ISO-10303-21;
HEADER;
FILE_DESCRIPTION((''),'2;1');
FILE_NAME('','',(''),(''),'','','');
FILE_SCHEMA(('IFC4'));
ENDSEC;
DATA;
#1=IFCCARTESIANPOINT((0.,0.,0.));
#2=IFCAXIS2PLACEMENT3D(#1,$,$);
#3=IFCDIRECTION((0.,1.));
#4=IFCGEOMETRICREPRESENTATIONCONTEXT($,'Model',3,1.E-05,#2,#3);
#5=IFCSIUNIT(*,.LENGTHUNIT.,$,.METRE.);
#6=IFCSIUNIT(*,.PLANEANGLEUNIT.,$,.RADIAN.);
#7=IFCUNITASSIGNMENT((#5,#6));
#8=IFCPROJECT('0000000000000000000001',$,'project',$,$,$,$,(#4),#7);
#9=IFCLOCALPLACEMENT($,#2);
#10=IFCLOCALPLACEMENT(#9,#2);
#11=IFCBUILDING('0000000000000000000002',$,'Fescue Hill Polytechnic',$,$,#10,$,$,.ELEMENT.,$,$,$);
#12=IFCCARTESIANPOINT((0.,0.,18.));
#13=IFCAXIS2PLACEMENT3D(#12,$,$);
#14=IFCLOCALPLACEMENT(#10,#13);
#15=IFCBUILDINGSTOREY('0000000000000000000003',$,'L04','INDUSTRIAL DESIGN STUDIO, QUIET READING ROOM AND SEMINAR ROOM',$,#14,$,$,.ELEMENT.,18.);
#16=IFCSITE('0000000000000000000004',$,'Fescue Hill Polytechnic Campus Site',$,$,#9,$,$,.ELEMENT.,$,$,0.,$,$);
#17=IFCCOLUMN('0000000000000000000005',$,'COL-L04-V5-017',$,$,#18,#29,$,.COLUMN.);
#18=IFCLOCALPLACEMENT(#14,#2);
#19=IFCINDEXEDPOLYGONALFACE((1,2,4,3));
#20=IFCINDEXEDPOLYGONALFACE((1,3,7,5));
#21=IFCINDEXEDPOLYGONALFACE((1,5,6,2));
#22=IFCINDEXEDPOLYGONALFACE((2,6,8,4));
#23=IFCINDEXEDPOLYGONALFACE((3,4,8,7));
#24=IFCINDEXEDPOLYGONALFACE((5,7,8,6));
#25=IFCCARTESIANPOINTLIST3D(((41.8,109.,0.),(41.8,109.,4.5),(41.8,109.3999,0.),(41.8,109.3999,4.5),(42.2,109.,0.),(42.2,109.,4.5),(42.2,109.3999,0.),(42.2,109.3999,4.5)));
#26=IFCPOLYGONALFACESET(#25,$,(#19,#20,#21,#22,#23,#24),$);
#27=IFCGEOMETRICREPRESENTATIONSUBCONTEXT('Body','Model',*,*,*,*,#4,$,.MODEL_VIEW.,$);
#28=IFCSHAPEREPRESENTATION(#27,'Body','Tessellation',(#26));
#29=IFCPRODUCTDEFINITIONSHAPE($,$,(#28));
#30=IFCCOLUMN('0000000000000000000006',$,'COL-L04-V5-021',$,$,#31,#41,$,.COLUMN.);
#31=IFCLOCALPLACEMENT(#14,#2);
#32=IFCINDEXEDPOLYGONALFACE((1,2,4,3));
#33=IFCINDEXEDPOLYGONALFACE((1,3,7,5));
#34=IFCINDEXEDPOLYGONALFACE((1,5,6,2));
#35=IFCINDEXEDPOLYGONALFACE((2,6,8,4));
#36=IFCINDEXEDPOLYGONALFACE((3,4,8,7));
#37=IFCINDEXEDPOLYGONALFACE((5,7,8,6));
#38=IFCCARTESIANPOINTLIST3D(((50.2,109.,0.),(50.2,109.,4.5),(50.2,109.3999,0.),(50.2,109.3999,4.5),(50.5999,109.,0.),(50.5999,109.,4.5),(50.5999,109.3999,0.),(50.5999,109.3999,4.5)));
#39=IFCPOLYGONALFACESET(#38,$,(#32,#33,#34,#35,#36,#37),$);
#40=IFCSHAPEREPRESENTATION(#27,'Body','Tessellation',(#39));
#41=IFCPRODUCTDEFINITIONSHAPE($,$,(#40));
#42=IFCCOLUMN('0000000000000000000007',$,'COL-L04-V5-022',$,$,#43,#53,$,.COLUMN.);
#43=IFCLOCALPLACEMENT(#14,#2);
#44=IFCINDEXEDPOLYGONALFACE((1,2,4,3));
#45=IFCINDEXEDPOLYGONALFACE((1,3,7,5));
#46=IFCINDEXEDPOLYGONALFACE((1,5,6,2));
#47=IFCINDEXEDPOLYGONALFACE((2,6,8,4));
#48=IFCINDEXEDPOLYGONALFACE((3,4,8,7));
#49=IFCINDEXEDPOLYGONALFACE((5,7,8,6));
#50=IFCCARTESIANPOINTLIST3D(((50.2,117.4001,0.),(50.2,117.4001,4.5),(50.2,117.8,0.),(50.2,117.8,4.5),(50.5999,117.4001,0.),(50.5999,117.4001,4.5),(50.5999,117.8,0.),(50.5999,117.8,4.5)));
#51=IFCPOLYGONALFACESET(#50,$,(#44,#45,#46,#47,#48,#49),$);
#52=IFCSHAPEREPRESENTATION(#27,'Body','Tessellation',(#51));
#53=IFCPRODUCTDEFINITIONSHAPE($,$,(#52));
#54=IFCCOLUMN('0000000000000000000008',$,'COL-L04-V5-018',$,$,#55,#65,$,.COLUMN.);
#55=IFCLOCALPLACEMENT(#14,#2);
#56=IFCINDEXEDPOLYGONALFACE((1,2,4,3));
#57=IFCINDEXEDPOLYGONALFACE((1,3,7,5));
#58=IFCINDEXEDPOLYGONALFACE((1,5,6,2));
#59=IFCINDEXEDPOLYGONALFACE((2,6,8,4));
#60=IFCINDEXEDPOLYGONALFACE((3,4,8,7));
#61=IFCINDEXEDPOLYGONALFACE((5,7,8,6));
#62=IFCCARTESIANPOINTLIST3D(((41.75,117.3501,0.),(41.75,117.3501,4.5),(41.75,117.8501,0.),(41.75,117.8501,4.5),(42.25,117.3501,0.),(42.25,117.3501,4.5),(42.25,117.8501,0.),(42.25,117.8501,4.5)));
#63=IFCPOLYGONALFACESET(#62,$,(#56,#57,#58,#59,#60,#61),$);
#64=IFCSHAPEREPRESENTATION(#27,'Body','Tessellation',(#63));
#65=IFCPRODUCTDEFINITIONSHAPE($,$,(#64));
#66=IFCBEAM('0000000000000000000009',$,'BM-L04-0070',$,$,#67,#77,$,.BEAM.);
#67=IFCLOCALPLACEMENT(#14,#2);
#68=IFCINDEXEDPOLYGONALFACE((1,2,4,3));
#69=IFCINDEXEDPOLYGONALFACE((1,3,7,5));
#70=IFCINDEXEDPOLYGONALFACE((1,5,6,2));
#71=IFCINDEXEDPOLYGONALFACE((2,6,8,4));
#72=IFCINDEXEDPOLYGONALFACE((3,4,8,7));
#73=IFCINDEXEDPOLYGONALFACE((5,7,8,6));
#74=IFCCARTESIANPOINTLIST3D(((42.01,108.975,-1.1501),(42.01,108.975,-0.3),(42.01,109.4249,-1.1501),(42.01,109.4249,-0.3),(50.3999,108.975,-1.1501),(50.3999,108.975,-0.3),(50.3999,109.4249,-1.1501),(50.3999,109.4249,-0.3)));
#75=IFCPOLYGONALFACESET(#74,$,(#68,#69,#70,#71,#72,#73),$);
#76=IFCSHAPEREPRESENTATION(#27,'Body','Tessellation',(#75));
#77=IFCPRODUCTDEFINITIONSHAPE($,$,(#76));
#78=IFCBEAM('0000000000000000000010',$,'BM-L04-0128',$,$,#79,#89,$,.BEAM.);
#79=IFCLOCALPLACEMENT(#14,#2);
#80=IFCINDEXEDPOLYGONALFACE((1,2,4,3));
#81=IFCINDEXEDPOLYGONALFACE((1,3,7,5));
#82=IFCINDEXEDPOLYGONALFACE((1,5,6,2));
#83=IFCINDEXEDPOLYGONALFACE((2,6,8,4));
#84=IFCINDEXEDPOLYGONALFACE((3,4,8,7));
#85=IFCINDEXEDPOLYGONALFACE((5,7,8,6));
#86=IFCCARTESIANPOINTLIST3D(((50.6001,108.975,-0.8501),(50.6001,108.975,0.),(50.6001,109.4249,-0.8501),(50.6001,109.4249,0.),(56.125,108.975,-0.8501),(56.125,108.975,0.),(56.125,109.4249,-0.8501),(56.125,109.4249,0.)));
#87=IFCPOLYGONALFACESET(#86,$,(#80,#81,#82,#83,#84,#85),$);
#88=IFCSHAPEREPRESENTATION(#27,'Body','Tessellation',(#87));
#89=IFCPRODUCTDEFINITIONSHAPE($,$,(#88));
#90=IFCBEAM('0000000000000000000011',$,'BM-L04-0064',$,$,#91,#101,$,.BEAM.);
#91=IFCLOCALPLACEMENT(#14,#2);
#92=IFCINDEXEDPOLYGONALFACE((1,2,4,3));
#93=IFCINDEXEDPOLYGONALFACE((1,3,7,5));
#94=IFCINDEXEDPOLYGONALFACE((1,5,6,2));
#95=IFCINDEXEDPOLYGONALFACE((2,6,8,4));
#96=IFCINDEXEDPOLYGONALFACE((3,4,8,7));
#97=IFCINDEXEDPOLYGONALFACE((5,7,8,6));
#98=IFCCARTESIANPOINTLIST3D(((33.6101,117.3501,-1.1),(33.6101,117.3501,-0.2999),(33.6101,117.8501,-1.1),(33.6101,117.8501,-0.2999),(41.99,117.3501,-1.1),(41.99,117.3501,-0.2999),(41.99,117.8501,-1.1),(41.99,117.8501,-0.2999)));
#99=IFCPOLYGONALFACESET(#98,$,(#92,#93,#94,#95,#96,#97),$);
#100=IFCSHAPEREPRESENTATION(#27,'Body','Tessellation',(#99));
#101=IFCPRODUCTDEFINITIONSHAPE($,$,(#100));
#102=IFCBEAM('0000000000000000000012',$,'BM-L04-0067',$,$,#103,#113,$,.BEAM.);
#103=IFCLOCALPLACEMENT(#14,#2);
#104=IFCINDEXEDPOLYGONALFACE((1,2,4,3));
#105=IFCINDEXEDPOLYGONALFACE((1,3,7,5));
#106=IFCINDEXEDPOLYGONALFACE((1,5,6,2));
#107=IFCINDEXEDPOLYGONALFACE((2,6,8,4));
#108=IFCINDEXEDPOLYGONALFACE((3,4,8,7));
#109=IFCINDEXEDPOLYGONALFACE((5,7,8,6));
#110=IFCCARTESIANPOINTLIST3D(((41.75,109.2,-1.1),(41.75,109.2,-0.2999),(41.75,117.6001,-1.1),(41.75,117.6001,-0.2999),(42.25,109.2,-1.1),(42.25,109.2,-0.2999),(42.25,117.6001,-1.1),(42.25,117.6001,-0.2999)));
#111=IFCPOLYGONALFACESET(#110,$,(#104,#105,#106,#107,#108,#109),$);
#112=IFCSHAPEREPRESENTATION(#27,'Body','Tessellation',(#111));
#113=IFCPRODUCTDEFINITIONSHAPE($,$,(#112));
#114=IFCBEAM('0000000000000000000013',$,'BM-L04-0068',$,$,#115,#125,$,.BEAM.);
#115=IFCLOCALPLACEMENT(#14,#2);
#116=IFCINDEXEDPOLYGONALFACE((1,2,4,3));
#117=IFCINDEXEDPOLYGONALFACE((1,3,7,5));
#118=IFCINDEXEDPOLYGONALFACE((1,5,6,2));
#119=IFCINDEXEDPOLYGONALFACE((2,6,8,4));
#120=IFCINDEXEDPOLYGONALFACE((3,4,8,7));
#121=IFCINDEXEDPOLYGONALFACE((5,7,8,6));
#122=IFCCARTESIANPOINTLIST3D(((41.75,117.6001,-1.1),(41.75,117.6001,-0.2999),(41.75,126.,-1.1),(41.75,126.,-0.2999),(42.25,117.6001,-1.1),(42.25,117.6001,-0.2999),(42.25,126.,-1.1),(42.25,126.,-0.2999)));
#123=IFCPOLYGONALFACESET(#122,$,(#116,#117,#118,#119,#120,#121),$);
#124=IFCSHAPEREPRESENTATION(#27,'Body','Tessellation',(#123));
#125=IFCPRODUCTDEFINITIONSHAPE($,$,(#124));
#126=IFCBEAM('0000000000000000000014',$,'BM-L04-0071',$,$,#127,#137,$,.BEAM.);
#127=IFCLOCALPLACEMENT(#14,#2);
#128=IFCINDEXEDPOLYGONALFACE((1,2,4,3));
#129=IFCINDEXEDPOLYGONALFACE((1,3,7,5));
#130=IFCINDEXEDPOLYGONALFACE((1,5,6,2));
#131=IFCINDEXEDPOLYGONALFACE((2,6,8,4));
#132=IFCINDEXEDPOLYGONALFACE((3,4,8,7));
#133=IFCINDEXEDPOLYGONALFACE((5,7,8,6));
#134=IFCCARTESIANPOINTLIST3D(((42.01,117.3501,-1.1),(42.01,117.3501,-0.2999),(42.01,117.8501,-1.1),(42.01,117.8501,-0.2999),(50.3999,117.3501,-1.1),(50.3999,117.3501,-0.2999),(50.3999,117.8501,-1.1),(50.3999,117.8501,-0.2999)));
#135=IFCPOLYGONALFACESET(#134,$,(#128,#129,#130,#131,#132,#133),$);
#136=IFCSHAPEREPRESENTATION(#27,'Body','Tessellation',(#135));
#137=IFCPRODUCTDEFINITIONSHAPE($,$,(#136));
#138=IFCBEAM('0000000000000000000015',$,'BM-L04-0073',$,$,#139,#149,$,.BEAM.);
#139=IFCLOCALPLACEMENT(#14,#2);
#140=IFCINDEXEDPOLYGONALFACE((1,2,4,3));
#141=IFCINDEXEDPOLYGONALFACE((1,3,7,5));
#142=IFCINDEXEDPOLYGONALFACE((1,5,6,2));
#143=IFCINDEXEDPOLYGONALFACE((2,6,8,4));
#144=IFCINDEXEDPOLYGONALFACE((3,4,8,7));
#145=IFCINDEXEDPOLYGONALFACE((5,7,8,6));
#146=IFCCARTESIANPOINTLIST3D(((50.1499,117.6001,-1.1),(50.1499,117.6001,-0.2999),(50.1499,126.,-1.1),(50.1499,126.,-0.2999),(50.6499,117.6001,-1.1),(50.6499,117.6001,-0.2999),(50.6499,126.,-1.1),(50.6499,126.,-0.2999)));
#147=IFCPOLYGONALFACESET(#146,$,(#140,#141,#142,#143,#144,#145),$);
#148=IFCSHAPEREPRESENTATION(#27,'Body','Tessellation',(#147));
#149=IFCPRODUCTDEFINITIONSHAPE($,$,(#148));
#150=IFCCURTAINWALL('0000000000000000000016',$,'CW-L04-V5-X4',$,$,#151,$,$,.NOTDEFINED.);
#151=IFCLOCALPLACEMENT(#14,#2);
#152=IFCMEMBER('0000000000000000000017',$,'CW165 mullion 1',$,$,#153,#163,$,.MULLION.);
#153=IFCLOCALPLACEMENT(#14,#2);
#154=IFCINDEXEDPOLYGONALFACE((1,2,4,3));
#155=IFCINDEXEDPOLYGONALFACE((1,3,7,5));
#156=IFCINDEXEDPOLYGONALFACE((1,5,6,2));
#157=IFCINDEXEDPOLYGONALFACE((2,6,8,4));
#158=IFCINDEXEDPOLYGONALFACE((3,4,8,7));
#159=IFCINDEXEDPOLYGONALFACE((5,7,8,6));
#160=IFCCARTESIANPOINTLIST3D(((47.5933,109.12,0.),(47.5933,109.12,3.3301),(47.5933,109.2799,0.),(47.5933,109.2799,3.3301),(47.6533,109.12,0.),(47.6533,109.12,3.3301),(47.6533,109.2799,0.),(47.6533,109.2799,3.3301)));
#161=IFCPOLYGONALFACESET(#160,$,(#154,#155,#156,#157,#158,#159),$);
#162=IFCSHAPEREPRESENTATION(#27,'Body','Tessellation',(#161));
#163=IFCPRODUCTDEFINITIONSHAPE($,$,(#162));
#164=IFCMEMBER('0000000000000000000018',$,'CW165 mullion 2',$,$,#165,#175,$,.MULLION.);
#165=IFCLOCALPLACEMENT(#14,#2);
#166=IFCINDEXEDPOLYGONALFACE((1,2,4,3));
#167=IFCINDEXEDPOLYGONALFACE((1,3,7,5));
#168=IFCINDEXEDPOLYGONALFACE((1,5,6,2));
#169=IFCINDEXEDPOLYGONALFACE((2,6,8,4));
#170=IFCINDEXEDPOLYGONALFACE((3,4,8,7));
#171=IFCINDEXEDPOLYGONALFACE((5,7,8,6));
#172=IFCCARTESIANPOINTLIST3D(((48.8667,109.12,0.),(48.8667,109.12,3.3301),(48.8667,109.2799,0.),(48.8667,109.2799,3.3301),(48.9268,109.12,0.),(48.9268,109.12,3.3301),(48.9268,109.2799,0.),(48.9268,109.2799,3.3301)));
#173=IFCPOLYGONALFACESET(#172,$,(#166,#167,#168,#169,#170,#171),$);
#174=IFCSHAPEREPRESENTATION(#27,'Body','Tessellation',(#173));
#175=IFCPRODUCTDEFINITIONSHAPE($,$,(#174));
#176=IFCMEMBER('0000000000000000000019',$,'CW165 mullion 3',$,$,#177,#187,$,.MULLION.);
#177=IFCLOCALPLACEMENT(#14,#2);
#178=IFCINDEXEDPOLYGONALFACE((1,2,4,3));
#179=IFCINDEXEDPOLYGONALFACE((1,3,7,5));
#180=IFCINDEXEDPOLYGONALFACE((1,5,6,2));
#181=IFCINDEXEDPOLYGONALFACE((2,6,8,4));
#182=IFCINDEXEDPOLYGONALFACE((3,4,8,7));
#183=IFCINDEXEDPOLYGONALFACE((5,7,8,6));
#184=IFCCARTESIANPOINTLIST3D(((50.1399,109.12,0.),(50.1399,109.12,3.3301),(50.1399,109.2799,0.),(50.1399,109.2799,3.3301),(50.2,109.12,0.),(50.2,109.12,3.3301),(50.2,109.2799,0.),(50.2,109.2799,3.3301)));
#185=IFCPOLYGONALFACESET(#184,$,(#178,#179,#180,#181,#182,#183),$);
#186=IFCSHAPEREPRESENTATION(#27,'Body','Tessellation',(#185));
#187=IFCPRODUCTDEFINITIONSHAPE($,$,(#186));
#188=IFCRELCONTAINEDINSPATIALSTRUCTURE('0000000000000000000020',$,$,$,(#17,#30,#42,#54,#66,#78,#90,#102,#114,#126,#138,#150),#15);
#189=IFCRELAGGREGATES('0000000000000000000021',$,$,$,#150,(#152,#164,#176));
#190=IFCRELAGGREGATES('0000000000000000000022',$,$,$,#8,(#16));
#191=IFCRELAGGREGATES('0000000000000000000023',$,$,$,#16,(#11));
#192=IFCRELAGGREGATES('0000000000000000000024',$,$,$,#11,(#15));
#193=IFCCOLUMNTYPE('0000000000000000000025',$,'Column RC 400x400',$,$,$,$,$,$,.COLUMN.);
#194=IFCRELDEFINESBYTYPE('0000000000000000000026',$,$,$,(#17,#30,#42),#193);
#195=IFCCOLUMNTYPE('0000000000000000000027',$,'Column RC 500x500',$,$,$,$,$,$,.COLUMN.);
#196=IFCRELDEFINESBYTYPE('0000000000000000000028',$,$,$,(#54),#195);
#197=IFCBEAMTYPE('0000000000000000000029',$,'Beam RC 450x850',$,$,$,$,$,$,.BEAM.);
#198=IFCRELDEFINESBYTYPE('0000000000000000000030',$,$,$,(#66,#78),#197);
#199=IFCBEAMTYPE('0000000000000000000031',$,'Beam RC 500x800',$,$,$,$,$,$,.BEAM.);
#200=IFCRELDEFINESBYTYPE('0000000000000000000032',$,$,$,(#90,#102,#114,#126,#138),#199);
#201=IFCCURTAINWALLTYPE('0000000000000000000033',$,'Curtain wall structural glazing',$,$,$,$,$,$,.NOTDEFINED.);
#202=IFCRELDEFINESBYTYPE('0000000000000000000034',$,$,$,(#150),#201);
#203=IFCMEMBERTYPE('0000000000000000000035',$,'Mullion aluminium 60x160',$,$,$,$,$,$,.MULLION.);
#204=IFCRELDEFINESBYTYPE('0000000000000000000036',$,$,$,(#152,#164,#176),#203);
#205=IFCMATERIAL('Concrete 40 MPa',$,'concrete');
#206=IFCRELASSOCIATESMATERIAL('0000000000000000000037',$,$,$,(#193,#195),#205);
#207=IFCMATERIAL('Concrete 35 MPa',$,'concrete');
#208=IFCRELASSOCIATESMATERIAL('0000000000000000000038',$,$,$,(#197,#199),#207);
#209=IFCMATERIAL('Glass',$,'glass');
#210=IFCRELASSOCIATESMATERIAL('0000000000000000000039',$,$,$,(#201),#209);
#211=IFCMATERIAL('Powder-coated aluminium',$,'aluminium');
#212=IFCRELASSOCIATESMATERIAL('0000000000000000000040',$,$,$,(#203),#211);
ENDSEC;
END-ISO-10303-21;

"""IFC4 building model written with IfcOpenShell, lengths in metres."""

from ifc_helpers import new_model, si_unit, direction, frame, origin, origin_2d, place, context, subcontext, project, spatial, rectangle, extrude, material, material_profile, profile_set, type_object, element, aggregate, save


model = new_model("IFC4")

# Units and contexts
model_context = context("Model", 3, precision=1e-05, world=origin(), true_north=direction((0.0, 1.0)))
body_context = subcontext(model_context, "Body", "Model", "MODEL_VIEW")
ifc_project = project(units=[si_unit("LENGTHUNIT", "METRE"), si_unit("PLANEANGLEUNIT", "RADIAN")], contexts=[model_context])

# Site, building, storey
site_placement = place(None, origin())
site = spatial("IfcSite", under=ifc_project, at=site_placement, Name="Fescue Hill Polytechnic Campus Site", CompositionType="ELEMENT", RefElevation=0.0)
building_placement = place(site_placement, origin())
building = spatial("IfcBuilding", under=site, at=building_placement, Name="Fescue Hill Polytechnic", CompositionType="ELEMENT")
storey_placement = place(building_placement, frame((0.0, 0.0, 18.0)))
storey = spatial("IfcBuildingStorey", under=building, at=storey_placement, Name="L04", Description="INDUSTRIAL DESIGN STUDIO, QUIET READING ROOM AND SEMINAR ROOM", CompositionType="ELEMENT", Elevation=18.0)

# Columns
ifc_material_1 = material(Name="Concrete 40 MPa", Category="concrete")
ifc_material_profile_1 = material_profile(ifc_material_1, rectangle(XDim=0.3999, YDim=0.3999, at=origin_2d()), Name="RC 400x400")
ifc_profile_set_1 = profile_set([ifc_material_profile_1], Name="Concrete 40 MPa")
column_type_1 = type_object("IfcColumnType", Name="Column RC 400x400", PredefinedType="COLUMN", material=ifc_profile_set_1)
for number, where, z_axis, x_axis, name in (
    (1, (42.0, 109.2, 0.0), (0.0, 0.0, 1.0), (1.0, 0.0, 0.0), "COL-L04-V5-017"),
    (2, (50.3999, 109.2, 0.0), (0.0, 0.0, 1.0), (1.0, 0.0, 0.0), "COL-L04-V5-021"),
    (3, (50.3999, 117.6001, 0.0), (0.0, 0.0, 1.0), (1.0, 0.0, 0.0), "COL-L04-V5-022"),
):
    element("IfcColumn", number, at=place(storey_placement, frame(where, z_axis=z_axis, x_axis=x_axis)), inside=storey, type_object=column_type_1, Name=name, PredefinedType="COLUMN", context=body_context, shape_type="SweptSolid", body=[
        extrude(rectangle(XDim=0.3999, YDim=0.3999, at=origin_2d()), origin(), (0.0, 0.0, 1.0), 4.5),
    ])
ifc_material_profile_2 = material_profile(ifc_material_1, rectangle(XDim=0.5, YDim=0.5, at=origin_2d()), Name="RC 500x500")
ifc_profile_set_2 = profile_set([ifc_material_profile_2], Name="Concrete 40 MPa")
column_type_2 = type_object("IfcColumnType", Name="Column RC 500x500", PredefinedType="COLUMN", material=ifc_profile_set_2)
column_placement = place(storey_placement, frame((42.0, 117.6001, 0.0), z_axis=(0.0, 0.0, 1.0), x_axis=(1.0, 0.0, 0.0)))
element("IfcColumn", 4, at=column_placement, inside=storey, type_object=column_type_2, Name="COL-L04-V5-018", PredefinedType="COLUMN", context=body_context, shape_type="SweptSolid", body=[
    extrude(rectangle(XDim=0.5, YDim=0.5, at=origin_2d()), origin(), (0.0, 0.0, 1.0), 4.5),
])

# Beams
ifc_material_2 = material(Name="Concrete 35 MPa", Category="concrete")
ifc_material_profile_3 = material_profile(ifc_material_2, rectangle(XDim=0.45, YDim=0.8501, at=origin_2d()), Name="RC 450x850")
ifc_profile_set_3 = profile_set([ifc_material_profile_3], Name="Concrete 35 MPa")
beam_type_1 = type_object("IfcBeamType", Name="Beam RC 450x850", PredefinedType="BEAM", material=ifc_profile_set_3)
beam_1_placement = place(storey_placement, frame((42.01, 109.2, -0.7251), z_axis=(1.0, 0.0, 0.0), x_axis=(0.0, 1.0, 0.0)))
element("IfcBeam", 5, at=beam_1_placement, inside=storey, type_object=beam_type_1, Name="BM-L04-0070", PredefinedType="BEAM", context=body_context, shape_type="SweptSolid", body=[
    extrude(rectangle(XDim=0.45, YDim=0.8501, at=origin_2d()), origin(), (0.0, 0.0, 1.0), 8.3899),
])
beam_2_placement = place(storey_placement, frame((50.6001, 109.2, -0.425), z_axis=(1.0, 0.0, 0.0), x_axis=(0.0, 1.0, 0.0)))
element("IfcBeam", 6, at=beam_2_placement, inside=storey, type_object=beam_type_1, Name="BM-L04-0128", PredefinedType="BEAM", context=body_context, shape_type="SweptSolid", body=[
    extrude(rectangle(XDim=0.45, YDim=0.8501, at=origin_2d()), origin(), (0.0, 0.0, 1.0), 5.5249),
])
ifc_material_profile_4 = material_profile(ifc_material_2, rectangle(XDim=0.5, YDim=0.8, at=origin_2d()), Name="RC 500x800")
ifc_profile_set_4 = profile_set([ifc_material_profile_4], Name="Concrete 35 MPa")
beam_type_2 = type_object("IfcBeamType", Name="Beam RC 500x800", PredefinedType="BEAM", material=ifc_profile_set_4)
beam_3_placement = place(storey_placement, frame((33.6101, 117.6001, -0.7), z_axis=(1.0, 0.0, 0.0), x_axis=(0.0, 1.0, 0.0)))
element("IfcBeam", 7, at=beam_3_placement, inside=storey, type_object=beam_type_2, Name="BM-L04-0064", PredefinedType="BEAM", context=body_context, shape_type="SweptSolid", body=[
    extrude(rectangle(XDim=0.5, YDim=0.8, at=origin_2d()), origin(), (0.0, 0.0, 1.0), 8.3799),
])
beam_4_placement = place(storey_placement, frame((42.0, 109.2, -0.7), z_axis=(0.0, 1.0, 0.0), x_axis=(-1.0, 0.0, 0.0)))
element("IfcBeam", 8, at=beam_4_placement, inside=storey, type_object=beam_type_2, Name="BM-L04-0067", PredefinedType="BEAM", context=body_context, shape_type="SweptSolid", body=[
    extrude(rectangle(XDim=0.5, YDim=0.8, at=origin_2d()), origin(), (0.0, 0.0, 1.0), 8.4001),
])
beam_5_placement = place(storey_placement, frame((42.0, 117.6001, -0.7), z_axis=(0.0, 1.0, 0.0), x_axis=(-1.0, 0.0, 0.0)))
element("IfcBeam", 9, at=beam_5_placement, inside=storey, type_object=beam_type_2, Name="BM-L04-0068", PredefinedType="BEAM", context=body_context, shape_type="SweptSolid", body=[
    extrude(rectangle(XDim=0.5, YDim=0.8, at=origin_2d()), origin(), (0.0, 0.0, 1.0), 8.3999),
])
beam_6_placement = place(storey_placement, frame((42.01, 117.6001, -0.7), z_axis=(1.0, 0.0, 0.0), x_axis=(0.0, 1.0, 0.0)))
element("IfcBeam", 10, at=beam_6_placement, inside=storey, type_object=beam_type_2, Name="BM-L04-0071", PredefinedType="BEAM", context=body_context, shape_type="SweptSolid", body=[
    extrude(rectangle(XDim=0.5, YDim=0.8, at=origin_2d()), origin(), (0.0, 0.0, 1.0), 8.3899),
])
beam_7_placement = place(storey_placement, frame((50.3999, 117.6001, -0.7), z_axis=(0.0, 1.0, 0.0), x_axis=(-1.0, 0.0, 0.0)))
element("IfcBeam", 11, at=beam_7_placement, inside=storey, type_object=beam_type_2, Name="BM-L04-0073", PredefinedType="BEAM", context=body_context, shape_type="SweptSolid", body=[
    extrude(rectangle(XDim=0.5, YDim=0.8, at=origin_2d()), origin(), (0.0, 0.0, 1.0), 8.3999),
])

# Curtain wall, members
ifc_material_3 = material(Name="Glass", Category="glass")
curtain_wall_type = type_object("IfcCurtainWallType", Name="Curtain wall structural glazing", PredefinedType="NOTDEFINED", material=ifc_material_3)
curtain_wall_placement = place(storey_placement, origin())
curtain_wall = element("IfcCurtainWall", 12, at=curtain_wall_placement, inside=storey, type_object=curtain_wall_type, Name="CW-L04-V5-X4", PredefinedType="NOTDEFINED")
ifc_material_4 = material(Name="Powder-coated aluminium", Category="aluminium")
ifc_material_profile_5 = material_profile(ifc_material_4, rectangle(XDim=0.1599, YDim=0.0601, at=origin_2d()), Name="Mullion aluminium 60x160")
ifc_profile_set_5 = profile_set([ifc_material_profile_5], Name="Powder-coated aluminium")
member_type_1 = type_object("IfcMemberType", Name="Mullion aluminium 60x160", PredefinedType="MULLION", material=ifc_profile_set_5)
member_1_placement = place(storey_placement, frame((47.6233, 109.2, 0.0), z_axis=(0.0, 0.0, 1.0), x_axis=(0.0, 1.0, 0.0)))
member_1 = element("IfcMember", 13, at=member_1_placement, type_object=member_type_1, Name="CW165 mullion 1", PredefinedType="MULLION", context=body_context, shape_type="SweptSolid", body=[
    extrude(rectangle(XDim=0.1599, YDim=0.0601, at=origin_2d()), origin(), (0.0, 0.0, 1.0), 3.3301),
])
member_2_placement = place(storey_placement, frame((48.8967, 109.2, 0.0), z_axis=(0.0, 0.0, 1.0), x_axis=(0.0, 1.0, 0.0)))
member_2 = element("IfcMember", 14, at=member_2_placement, type_object=member_type_1, Name="CW165 mullion 2", PredefinedType="MULLION", context=body_context, shape_type="SweptSolid", body=[
    extrude(rectangle(XDim=0.1599, YDim=0.0601, at=origin_2d()), origin(), (0.0, 0.0, 1.0), 3.3301),
])
member_3_placement = place(storey_placement, frame((50.1699, 109.2, 0.0), z_axis=(0.0, 0.0, 1.0), x_axis=(0.0, 1.0, 0.0)))
member_3 = element("IfcMember", 15, at=member_3_placement, type_object=member_type_1, Name="CW165 mullion 3", PredefinedType="MULLION", context=body_context, shape_type="SweptSolid", body=[
    extrude(rectangle(XDim=0.1599, YDim=0.0601, at=origin_2d()), origin(), (0.0, 0.0, 1.0), 3.3301),
])
aggregate(curtain_wall, [member_1, member_2, member_3])

save(model, "model.ifc")
